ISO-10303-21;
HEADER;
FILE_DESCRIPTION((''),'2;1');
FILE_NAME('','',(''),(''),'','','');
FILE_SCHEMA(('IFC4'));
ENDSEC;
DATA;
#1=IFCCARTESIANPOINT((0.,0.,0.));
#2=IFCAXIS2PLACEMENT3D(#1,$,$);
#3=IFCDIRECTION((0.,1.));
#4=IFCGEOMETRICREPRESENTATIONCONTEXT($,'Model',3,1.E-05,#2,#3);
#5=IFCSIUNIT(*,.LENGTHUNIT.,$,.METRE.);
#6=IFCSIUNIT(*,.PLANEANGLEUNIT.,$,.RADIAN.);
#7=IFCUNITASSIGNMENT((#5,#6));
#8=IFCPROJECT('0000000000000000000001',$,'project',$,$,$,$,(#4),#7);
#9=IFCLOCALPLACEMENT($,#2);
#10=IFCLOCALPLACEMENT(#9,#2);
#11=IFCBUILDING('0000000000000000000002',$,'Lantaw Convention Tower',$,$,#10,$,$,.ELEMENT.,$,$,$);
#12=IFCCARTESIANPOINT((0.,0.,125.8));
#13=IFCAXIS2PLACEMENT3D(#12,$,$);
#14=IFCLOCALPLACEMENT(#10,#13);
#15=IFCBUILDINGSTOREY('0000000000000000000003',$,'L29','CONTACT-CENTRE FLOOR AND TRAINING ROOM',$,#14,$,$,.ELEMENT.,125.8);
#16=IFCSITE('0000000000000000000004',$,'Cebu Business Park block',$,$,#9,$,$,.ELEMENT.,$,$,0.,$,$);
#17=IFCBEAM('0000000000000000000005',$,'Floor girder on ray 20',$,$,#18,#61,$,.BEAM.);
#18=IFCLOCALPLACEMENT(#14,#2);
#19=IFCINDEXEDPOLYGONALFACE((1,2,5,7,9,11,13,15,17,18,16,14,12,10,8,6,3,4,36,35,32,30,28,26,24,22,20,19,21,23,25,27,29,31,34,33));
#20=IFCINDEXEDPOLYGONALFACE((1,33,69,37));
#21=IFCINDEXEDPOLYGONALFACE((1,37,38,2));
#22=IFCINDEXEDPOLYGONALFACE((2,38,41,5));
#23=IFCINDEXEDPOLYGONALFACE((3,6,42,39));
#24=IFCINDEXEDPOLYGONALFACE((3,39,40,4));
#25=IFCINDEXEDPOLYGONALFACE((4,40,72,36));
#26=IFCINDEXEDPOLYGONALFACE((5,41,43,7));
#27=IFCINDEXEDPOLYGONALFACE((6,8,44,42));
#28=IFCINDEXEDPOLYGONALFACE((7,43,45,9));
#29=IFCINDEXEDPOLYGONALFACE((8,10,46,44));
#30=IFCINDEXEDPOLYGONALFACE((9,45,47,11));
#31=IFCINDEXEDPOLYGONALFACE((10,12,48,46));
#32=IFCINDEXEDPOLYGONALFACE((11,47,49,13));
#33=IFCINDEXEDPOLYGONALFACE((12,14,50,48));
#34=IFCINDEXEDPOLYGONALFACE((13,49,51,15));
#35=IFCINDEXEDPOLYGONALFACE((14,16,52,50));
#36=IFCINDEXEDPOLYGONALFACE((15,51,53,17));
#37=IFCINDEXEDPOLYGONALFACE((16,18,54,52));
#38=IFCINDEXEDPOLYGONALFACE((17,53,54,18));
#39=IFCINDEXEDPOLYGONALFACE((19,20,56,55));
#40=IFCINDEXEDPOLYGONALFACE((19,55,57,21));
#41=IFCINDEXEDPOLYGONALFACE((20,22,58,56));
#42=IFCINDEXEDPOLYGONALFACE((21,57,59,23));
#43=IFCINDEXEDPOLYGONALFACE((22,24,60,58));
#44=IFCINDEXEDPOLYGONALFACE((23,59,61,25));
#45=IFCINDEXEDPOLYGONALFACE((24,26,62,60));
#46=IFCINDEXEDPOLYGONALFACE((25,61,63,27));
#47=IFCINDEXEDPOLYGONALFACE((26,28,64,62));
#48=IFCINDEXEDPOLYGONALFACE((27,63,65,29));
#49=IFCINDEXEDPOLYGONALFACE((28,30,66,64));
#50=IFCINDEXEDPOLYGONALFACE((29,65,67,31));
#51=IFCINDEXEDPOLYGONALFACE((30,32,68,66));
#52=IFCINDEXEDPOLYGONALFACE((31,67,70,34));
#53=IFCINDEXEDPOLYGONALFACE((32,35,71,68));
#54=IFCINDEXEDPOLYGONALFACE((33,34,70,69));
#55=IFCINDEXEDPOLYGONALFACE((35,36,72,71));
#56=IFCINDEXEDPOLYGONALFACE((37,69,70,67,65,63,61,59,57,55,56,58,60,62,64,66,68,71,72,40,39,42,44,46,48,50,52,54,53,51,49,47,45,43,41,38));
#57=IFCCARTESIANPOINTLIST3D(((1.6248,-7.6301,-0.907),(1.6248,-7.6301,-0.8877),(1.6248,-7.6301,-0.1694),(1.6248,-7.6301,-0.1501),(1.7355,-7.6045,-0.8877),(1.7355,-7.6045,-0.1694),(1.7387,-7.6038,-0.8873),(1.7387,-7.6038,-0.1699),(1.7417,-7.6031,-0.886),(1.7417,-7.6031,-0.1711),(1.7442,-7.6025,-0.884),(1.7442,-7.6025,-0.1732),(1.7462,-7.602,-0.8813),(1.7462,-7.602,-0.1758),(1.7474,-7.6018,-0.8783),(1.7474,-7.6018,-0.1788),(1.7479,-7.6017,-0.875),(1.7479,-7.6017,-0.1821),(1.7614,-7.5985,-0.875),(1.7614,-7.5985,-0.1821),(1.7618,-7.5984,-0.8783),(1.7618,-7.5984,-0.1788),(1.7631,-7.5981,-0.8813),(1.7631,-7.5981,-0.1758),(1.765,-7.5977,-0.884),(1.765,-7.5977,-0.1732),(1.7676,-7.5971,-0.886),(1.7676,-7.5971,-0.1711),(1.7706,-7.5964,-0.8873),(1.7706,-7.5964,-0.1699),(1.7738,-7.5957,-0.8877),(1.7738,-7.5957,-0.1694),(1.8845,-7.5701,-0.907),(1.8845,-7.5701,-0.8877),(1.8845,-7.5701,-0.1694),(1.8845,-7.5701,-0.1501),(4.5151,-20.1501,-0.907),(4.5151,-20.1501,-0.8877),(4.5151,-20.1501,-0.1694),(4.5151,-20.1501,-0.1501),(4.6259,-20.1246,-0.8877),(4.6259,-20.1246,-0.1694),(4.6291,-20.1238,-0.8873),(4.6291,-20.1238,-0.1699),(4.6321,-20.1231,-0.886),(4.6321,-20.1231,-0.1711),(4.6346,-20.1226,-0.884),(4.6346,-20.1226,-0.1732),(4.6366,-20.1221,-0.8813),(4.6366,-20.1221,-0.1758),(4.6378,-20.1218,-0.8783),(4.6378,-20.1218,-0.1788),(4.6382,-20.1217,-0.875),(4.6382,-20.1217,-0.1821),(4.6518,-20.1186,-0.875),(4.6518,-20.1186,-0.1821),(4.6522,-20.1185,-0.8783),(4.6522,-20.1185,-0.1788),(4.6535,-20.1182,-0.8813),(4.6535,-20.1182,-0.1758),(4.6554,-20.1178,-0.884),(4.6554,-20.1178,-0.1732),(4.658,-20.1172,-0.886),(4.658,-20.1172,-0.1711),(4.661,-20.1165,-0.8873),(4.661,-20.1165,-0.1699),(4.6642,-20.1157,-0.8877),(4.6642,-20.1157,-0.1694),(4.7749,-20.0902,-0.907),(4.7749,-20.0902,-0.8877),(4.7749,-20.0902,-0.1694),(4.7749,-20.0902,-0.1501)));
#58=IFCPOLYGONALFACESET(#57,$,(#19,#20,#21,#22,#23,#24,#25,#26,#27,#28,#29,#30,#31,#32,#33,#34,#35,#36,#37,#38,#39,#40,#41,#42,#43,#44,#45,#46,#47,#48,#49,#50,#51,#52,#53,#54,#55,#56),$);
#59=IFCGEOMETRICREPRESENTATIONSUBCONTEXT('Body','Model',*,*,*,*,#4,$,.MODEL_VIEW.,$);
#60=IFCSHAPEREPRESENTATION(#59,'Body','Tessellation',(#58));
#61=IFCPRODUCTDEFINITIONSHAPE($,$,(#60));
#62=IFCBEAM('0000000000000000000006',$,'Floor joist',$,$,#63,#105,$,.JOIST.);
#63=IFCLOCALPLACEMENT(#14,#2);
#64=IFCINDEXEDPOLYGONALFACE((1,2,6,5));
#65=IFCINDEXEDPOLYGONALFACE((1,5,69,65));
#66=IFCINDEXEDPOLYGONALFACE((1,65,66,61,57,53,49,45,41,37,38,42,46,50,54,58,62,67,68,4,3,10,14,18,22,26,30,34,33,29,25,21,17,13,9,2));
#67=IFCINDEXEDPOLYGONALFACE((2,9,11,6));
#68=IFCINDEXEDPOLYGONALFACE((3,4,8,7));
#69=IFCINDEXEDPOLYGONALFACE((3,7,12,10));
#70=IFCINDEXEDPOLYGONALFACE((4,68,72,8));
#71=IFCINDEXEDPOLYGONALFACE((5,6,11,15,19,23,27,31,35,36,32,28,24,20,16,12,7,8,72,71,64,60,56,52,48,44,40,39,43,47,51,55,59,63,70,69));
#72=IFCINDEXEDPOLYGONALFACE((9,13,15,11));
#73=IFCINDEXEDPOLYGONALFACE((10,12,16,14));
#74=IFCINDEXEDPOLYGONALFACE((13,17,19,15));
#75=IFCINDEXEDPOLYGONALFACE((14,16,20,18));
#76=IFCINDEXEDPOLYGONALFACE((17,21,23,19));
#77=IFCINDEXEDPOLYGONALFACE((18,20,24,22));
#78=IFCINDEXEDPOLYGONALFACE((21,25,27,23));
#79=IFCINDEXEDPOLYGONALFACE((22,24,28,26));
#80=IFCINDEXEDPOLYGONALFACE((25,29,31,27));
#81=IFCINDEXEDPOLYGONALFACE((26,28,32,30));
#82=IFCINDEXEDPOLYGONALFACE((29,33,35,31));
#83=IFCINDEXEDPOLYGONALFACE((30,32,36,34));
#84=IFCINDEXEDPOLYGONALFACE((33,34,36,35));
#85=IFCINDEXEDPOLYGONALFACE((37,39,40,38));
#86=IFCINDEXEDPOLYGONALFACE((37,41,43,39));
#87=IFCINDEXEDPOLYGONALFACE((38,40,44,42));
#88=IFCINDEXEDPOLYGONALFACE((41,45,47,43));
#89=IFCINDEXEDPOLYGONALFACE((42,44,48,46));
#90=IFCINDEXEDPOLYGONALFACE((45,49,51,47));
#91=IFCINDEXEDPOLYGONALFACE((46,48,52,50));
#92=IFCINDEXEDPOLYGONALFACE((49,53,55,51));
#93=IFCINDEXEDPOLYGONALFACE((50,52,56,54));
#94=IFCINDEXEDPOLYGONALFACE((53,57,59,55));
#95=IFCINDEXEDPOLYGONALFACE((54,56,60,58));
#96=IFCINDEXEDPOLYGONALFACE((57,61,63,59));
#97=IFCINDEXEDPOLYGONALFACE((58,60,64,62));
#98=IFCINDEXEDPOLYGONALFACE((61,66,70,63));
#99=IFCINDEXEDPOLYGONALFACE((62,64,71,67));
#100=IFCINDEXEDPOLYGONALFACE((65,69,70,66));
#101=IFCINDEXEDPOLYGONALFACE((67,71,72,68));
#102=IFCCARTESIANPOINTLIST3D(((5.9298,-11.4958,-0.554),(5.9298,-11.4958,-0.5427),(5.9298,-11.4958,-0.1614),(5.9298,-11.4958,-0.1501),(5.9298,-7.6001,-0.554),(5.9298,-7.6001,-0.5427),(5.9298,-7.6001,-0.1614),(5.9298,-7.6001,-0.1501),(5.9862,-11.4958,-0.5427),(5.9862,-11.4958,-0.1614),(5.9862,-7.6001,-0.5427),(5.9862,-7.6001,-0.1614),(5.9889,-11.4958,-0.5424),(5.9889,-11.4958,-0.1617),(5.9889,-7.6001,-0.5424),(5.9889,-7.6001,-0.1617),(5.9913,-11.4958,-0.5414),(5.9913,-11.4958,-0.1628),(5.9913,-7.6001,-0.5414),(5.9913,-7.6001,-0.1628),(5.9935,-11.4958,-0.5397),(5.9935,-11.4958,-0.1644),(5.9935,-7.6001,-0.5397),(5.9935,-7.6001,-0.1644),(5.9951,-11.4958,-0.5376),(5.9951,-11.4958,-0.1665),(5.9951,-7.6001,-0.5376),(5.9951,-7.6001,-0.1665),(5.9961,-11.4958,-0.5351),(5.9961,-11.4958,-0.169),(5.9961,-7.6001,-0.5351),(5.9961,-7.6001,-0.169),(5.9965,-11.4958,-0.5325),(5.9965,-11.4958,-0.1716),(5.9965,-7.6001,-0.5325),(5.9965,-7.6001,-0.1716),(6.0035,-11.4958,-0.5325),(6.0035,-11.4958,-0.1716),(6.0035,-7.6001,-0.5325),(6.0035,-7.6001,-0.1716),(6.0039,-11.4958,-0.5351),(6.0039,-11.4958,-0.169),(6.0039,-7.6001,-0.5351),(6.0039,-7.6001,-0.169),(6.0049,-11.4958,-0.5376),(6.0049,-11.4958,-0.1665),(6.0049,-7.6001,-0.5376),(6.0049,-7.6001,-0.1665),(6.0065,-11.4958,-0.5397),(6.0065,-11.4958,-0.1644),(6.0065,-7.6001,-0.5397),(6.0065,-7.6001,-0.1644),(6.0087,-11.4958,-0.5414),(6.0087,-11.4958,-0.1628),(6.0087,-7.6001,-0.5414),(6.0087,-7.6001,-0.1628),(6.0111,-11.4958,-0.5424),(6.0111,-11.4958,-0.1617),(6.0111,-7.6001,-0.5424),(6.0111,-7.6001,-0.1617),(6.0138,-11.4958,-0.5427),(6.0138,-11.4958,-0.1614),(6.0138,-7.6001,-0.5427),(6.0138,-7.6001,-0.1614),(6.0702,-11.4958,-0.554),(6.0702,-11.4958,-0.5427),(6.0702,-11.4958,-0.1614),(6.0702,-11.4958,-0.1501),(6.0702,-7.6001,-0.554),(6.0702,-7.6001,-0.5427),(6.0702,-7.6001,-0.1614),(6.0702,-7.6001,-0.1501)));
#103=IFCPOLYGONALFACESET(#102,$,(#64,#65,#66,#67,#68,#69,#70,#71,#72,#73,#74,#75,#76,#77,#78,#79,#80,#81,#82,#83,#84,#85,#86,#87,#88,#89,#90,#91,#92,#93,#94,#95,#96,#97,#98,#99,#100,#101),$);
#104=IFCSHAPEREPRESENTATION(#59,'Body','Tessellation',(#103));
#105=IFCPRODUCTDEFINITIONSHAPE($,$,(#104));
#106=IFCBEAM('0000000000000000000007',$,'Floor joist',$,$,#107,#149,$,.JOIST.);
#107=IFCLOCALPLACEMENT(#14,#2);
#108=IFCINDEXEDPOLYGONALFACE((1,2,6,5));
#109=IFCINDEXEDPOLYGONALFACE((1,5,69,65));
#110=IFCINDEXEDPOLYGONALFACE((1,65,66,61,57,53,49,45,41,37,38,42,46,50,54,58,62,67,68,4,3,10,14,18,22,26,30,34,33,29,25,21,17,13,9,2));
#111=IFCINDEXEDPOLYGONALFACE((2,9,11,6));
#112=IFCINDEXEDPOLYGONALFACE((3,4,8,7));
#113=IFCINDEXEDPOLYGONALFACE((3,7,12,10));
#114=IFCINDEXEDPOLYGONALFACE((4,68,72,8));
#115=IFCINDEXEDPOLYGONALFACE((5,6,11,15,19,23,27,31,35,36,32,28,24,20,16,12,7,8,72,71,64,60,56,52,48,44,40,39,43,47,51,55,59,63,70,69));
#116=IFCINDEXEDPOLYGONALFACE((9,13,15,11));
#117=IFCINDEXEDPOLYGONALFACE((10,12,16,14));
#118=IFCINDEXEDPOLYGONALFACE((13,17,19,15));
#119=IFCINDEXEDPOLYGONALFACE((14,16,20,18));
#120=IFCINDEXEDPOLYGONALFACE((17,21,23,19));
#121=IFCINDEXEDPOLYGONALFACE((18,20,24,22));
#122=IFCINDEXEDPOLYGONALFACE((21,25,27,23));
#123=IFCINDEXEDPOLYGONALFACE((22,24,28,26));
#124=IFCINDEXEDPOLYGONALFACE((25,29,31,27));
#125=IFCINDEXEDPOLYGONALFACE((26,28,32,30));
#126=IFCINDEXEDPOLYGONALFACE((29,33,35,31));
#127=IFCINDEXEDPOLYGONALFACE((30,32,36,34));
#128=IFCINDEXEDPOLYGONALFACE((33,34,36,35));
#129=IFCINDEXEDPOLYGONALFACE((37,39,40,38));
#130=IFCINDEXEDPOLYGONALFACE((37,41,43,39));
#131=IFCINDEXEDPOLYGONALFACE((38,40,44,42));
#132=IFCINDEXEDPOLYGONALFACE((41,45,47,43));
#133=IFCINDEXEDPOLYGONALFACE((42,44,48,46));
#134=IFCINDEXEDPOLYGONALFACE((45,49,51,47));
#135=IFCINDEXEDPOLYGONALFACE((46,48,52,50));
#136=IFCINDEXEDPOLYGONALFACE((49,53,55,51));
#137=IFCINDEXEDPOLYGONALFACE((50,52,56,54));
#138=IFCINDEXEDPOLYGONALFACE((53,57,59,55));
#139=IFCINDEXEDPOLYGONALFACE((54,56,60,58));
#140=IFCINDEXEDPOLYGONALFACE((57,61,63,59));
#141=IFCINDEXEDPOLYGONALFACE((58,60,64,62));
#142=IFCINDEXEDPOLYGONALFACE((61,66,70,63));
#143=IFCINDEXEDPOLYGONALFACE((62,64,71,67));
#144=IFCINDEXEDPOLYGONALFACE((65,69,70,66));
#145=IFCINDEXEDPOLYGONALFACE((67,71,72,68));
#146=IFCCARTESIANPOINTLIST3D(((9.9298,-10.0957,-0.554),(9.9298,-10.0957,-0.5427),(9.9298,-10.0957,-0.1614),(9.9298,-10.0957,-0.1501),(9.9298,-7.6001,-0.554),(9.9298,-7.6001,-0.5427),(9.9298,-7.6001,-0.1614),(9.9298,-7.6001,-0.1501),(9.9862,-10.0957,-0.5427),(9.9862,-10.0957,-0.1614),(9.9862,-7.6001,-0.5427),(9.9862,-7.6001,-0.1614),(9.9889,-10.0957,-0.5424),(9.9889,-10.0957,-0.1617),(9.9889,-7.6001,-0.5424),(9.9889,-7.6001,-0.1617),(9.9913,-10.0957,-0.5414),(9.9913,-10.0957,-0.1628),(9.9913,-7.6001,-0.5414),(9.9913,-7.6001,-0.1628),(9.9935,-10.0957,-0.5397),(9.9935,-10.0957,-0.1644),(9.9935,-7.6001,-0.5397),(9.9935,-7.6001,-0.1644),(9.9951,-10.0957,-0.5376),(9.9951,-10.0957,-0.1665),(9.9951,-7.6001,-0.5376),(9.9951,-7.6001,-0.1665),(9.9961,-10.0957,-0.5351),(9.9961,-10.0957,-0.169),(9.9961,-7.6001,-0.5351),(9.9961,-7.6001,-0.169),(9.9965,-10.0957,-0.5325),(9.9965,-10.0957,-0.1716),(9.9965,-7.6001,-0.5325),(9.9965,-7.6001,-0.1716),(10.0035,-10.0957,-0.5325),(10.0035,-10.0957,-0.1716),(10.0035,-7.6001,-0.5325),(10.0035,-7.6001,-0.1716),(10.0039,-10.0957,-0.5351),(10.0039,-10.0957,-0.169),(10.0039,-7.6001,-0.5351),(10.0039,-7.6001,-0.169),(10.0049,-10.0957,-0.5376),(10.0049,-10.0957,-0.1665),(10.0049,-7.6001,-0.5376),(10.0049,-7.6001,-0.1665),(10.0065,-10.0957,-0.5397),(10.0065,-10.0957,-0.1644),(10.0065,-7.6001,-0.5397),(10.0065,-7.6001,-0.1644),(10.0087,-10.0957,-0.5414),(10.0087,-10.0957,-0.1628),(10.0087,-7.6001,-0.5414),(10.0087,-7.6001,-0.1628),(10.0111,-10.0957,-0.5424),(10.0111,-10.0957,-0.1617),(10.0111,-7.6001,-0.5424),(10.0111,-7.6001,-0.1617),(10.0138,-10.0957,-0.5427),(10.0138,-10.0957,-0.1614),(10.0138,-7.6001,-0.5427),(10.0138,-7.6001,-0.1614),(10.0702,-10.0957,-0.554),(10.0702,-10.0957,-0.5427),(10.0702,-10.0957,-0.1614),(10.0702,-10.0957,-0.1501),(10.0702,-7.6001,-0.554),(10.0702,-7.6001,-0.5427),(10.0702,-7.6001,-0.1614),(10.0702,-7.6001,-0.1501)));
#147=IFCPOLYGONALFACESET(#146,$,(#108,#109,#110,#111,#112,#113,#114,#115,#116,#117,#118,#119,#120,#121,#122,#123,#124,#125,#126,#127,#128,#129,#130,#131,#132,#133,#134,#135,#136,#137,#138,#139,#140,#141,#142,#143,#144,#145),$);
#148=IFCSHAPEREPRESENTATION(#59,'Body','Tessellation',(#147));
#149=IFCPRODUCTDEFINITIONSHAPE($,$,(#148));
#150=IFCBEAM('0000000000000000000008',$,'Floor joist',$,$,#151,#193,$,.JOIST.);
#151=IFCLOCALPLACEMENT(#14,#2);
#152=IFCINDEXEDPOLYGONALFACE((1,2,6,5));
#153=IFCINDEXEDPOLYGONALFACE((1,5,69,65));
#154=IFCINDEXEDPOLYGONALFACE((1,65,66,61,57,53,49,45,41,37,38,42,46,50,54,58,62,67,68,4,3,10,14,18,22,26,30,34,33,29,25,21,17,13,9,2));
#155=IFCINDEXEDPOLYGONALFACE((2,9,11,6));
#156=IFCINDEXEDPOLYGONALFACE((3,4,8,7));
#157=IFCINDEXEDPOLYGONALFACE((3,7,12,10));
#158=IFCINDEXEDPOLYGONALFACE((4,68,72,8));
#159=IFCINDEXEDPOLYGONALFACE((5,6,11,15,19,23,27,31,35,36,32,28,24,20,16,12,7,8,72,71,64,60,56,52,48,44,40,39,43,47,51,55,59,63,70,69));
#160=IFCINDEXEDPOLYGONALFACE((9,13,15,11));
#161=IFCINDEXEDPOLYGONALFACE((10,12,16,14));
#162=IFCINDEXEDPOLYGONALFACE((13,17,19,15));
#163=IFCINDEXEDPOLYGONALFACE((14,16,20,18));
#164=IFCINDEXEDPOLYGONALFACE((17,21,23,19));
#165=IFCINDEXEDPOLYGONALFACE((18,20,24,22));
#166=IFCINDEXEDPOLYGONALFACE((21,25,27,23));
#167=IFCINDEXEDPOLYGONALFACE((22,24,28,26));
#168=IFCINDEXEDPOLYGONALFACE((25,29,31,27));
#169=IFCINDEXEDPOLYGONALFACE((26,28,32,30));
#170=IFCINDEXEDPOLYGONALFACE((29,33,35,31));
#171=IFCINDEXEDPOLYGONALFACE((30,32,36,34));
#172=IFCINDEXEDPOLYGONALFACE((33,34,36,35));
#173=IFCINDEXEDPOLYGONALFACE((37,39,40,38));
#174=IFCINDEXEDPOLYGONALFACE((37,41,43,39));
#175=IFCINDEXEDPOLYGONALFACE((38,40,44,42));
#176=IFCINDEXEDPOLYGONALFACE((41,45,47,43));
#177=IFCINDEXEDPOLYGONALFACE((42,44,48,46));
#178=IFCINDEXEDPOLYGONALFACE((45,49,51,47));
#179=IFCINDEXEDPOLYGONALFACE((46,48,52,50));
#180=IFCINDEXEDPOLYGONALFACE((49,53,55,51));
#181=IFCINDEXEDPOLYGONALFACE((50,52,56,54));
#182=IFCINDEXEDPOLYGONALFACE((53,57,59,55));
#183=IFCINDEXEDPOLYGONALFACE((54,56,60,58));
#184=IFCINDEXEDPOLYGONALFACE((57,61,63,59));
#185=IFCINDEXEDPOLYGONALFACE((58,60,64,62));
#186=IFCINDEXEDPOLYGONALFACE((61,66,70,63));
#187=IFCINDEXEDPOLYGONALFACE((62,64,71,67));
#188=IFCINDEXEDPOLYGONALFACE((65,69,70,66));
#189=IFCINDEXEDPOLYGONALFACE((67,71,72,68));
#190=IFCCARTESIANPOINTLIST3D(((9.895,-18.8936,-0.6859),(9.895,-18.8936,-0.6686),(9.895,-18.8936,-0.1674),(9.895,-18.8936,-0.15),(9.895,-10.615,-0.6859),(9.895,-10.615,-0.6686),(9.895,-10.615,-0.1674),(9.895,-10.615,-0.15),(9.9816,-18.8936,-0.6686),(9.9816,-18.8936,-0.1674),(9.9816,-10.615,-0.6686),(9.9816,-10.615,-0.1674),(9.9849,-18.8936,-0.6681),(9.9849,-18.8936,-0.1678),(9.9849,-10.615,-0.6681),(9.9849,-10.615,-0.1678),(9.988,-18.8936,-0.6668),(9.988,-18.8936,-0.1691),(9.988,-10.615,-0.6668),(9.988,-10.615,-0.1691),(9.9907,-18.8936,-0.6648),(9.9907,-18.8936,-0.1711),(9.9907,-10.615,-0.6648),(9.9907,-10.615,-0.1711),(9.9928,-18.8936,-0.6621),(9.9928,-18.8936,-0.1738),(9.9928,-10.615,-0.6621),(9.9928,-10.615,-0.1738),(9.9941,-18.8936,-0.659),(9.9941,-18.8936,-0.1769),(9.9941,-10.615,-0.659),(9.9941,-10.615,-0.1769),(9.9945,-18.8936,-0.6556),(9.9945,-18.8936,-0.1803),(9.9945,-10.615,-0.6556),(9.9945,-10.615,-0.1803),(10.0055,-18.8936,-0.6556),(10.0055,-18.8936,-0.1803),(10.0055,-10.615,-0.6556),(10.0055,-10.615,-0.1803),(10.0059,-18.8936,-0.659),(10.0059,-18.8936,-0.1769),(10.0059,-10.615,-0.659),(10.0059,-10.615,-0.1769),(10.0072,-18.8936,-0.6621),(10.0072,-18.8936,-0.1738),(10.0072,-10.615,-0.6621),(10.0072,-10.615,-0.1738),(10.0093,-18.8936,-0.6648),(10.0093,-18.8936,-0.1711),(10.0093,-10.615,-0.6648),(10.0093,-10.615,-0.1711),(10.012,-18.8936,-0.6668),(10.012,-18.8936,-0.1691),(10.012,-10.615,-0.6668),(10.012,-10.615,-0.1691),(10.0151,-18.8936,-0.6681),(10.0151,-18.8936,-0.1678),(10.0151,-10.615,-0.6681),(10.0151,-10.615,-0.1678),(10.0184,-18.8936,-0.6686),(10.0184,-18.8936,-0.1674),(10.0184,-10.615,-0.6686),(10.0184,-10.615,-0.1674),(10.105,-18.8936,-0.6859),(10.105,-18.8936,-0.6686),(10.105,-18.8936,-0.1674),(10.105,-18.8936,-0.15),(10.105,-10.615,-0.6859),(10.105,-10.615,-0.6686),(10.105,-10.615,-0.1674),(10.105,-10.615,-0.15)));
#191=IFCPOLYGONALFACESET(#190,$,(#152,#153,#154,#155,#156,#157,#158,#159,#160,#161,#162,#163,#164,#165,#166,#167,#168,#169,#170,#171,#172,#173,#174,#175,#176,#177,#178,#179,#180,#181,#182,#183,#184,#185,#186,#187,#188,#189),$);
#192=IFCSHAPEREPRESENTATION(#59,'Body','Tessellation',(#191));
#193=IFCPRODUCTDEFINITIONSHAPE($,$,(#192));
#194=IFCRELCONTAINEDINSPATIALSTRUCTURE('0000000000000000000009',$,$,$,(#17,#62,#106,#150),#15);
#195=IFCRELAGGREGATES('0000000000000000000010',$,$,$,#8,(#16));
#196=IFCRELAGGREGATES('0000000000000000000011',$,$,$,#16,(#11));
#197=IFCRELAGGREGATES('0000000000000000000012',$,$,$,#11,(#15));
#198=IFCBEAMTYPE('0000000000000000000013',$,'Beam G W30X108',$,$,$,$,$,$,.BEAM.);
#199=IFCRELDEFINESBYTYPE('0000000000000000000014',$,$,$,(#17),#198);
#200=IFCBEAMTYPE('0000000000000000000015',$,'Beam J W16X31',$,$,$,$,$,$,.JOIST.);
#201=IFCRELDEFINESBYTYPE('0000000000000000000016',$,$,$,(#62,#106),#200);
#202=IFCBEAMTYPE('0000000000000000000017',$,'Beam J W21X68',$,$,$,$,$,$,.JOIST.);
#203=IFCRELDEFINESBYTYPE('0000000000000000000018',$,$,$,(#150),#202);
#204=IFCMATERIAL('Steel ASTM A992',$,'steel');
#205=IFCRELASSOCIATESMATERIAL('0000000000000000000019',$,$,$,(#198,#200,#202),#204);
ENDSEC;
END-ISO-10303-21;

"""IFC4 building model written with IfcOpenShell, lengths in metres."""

from ifc_helpers import new_model, si_unit, direction, frame, origin, origin_2d, place, context, subcontext, project, spatial, i_section, extrude, material, material_profile, profile_set, type_object, element, save


model = new_model("IFC4")

# Units and contexts
model_context = context("Model", 3, precision=1e-05, world=origin(), true_north=direction((0.0, 1.0)))
body_context = subcontext(model_context, "Body", "Model", "MODEL_VIEW")
ifc_project = project(units=[si_unit("LENGTHUNIT", "METRE"), si_unit("PLANEANGLEUNIT", "RADIAN")], contexts=[model_context])

# Site, building, storey
site_placement = place(None, origin())
site = spatial("IfcSite", under=ifc_project, at=site_placement, Name="Cebu Business Park block", CompositionType="ELEMENT", RefElevation=0.0)
building_placement = place(site_placement, origin())
building = spatial("IfcBuilding", under=site, at=building_placement, Name="Lantaw Convention Tower", CompositionType="ELEMENT")
storey_placement = place(building_placement, frame((0.0, 0.0, 125.8)))
storey = spatial("IfcBuildingStorey", under=building, at=storey_placement, Name="L29", Description="CONTACT-CENTRE FLOOR AND TRAINING ROOM", CompositionType="ELEMENT", Elevation=125.8)

# Beams
ifc_material_1 = material(Name="Steel ASTM A992", Category="steel")
ifc_material_profile_1 = material_profile(ifc_material_1, i_section(OverallWidth=0.2666, OverallDepth=0.7568, WebThickness=0.0139, FlangeThickness=0.0193, FilletRadius=0.0127, at=origin_2d()), Name="W30X108")
ifc_profile_set_1 = profile_set([ifc_material_profile_1], Name="Steel ASTM A992")
beam_type_1 = type_object("IfcBeamType", Name="Beam G W30X108", PredefinedType="BEAM", material=ifc_profile_set_1)
beam_1_placement = place(storey_placement, frame((1.7546, -7.6001, -0.5286), z_axis=(0.224944, -0.974372, 0.0), x_axis=(0.974372, 0.224944, 0.0)))
element("IfcBeam", 1, at=beam_1_placement, inside=storey, type_object=beam_type_1, Name="Floor girder on ray 20", PredefinedType="BEAM", context=body_context, shape_type="SweptSolid", body=[
    extrude(i_section(OverallWidth=0.2666, OverallDepth=0.7568, WebThickness=0.0139, FlangeThickness=0.0193, FilletRadius=0.0127, at=origin_2d()), origin(), (0.0, 0.0, 1.0), 12.8494),
])
ifc_material_profile_2 = material_profile(ifc_material_1, i_section(OverallWidth=0.1404, OverallDepth=0.4038, WebThickness=0.0071, FlangeThickness=0.0112, FilletRadius=0.0103, at=origin_2d()), Name="W16X31")
ifc_profile_set_2 = profile_set([ifc_material_profile_2], Name="Steel ASTM A992")
beam_type_2 = type_object("IfcBeamType", Name="Beam J W16X31", PredefinedType="JOIST", material=ifc_profile_set_2)
beam_2_placement = place(storey_placement, frame((6.0, -11.4958, -0.3521), z_axis=(0.0, 1.0, 0.0), x_axis=(-1.0, 0.0, 0.0)))
element("IfcBeam", 2, at=beam_2_placement, inside=storey, type_object=beam_type_2, Name="Floor joist", PredefinedType="JOIST", context=body_context, shape_type="SweptSolid", body=[
    extrude(i_section(OverallWidth=0.1404, OverallDepth=0.4038, WebThickness=0.0071, FlangeThickness=0.0112, FilletRadius=0.0103, at=origin_2d()), origin(), (0.0, 0.0, 1.0), 3.8958),
])
beam_3_placement = place(storey_placement, frame((10.0, -10.0957, -0.3521), z_axis=(0.0, 1.0, 0.0), x_axis=(-1.0, 0.0, 0.0)))
element("IfcBeam", 3, at=beam_3_placement, inside=storey, type_object=beam_type_2, Name="Floor joist", PredefinedType="JOIST", context=body_context, shape_type="SweptSolid", body=[
    extrude(i_section(OverallWidth=0.1404, OverallDepth=0.4038, WebThickness=0.0071, FlangeThickness=0.0112, FilletRadius=0.0103, at=origin_2d()), origin(), (0.0, 0.0, 1.0), 2.4956),
])
ifc_material_profile_3 = material_profile(ifc_material_1, i_section(OverallWidth=0.21, OverallDepth=0.5359, WebThickness=0.011, FlangeThickness=0.0173, FilletRadius=0.0129, at=origin_2d()), Name="W21X68")
ifc_profile_set_3 = profile_set([ifc_material_profile_3], Name="Steel ASTM A992")
beam_type_3 = type_object("IfcBeamType", Name="Beam J W21X68", PredefinedType="JOIST", material=ifc_profile_set_3)
beam_4_placement = place(storey_placement, frame((10.0, -18.8936, -0.418), z_axis=(0.0, 1.0, 0.0), x_axis=(-1.0, 0.0, 0.0)))
element("IfcBeam", 4, at=beam_4_placement, inside=storey, type_object=beam_type_3, Name="Floor joist", PredefinedType="JOIST", context=body_context, shape_type="SweptSolid", body=[
    extrude(i_section(OverallWidth=0.21, OverallDepth=0.5359, WebThickness=0.011, FlangeThickness=0.0173, FilletRadius=0.0129, at=origin_2d()), origin(), (0.0, 0.0, 1.0), 8.2786),
])

save(model, "model.ifc")
